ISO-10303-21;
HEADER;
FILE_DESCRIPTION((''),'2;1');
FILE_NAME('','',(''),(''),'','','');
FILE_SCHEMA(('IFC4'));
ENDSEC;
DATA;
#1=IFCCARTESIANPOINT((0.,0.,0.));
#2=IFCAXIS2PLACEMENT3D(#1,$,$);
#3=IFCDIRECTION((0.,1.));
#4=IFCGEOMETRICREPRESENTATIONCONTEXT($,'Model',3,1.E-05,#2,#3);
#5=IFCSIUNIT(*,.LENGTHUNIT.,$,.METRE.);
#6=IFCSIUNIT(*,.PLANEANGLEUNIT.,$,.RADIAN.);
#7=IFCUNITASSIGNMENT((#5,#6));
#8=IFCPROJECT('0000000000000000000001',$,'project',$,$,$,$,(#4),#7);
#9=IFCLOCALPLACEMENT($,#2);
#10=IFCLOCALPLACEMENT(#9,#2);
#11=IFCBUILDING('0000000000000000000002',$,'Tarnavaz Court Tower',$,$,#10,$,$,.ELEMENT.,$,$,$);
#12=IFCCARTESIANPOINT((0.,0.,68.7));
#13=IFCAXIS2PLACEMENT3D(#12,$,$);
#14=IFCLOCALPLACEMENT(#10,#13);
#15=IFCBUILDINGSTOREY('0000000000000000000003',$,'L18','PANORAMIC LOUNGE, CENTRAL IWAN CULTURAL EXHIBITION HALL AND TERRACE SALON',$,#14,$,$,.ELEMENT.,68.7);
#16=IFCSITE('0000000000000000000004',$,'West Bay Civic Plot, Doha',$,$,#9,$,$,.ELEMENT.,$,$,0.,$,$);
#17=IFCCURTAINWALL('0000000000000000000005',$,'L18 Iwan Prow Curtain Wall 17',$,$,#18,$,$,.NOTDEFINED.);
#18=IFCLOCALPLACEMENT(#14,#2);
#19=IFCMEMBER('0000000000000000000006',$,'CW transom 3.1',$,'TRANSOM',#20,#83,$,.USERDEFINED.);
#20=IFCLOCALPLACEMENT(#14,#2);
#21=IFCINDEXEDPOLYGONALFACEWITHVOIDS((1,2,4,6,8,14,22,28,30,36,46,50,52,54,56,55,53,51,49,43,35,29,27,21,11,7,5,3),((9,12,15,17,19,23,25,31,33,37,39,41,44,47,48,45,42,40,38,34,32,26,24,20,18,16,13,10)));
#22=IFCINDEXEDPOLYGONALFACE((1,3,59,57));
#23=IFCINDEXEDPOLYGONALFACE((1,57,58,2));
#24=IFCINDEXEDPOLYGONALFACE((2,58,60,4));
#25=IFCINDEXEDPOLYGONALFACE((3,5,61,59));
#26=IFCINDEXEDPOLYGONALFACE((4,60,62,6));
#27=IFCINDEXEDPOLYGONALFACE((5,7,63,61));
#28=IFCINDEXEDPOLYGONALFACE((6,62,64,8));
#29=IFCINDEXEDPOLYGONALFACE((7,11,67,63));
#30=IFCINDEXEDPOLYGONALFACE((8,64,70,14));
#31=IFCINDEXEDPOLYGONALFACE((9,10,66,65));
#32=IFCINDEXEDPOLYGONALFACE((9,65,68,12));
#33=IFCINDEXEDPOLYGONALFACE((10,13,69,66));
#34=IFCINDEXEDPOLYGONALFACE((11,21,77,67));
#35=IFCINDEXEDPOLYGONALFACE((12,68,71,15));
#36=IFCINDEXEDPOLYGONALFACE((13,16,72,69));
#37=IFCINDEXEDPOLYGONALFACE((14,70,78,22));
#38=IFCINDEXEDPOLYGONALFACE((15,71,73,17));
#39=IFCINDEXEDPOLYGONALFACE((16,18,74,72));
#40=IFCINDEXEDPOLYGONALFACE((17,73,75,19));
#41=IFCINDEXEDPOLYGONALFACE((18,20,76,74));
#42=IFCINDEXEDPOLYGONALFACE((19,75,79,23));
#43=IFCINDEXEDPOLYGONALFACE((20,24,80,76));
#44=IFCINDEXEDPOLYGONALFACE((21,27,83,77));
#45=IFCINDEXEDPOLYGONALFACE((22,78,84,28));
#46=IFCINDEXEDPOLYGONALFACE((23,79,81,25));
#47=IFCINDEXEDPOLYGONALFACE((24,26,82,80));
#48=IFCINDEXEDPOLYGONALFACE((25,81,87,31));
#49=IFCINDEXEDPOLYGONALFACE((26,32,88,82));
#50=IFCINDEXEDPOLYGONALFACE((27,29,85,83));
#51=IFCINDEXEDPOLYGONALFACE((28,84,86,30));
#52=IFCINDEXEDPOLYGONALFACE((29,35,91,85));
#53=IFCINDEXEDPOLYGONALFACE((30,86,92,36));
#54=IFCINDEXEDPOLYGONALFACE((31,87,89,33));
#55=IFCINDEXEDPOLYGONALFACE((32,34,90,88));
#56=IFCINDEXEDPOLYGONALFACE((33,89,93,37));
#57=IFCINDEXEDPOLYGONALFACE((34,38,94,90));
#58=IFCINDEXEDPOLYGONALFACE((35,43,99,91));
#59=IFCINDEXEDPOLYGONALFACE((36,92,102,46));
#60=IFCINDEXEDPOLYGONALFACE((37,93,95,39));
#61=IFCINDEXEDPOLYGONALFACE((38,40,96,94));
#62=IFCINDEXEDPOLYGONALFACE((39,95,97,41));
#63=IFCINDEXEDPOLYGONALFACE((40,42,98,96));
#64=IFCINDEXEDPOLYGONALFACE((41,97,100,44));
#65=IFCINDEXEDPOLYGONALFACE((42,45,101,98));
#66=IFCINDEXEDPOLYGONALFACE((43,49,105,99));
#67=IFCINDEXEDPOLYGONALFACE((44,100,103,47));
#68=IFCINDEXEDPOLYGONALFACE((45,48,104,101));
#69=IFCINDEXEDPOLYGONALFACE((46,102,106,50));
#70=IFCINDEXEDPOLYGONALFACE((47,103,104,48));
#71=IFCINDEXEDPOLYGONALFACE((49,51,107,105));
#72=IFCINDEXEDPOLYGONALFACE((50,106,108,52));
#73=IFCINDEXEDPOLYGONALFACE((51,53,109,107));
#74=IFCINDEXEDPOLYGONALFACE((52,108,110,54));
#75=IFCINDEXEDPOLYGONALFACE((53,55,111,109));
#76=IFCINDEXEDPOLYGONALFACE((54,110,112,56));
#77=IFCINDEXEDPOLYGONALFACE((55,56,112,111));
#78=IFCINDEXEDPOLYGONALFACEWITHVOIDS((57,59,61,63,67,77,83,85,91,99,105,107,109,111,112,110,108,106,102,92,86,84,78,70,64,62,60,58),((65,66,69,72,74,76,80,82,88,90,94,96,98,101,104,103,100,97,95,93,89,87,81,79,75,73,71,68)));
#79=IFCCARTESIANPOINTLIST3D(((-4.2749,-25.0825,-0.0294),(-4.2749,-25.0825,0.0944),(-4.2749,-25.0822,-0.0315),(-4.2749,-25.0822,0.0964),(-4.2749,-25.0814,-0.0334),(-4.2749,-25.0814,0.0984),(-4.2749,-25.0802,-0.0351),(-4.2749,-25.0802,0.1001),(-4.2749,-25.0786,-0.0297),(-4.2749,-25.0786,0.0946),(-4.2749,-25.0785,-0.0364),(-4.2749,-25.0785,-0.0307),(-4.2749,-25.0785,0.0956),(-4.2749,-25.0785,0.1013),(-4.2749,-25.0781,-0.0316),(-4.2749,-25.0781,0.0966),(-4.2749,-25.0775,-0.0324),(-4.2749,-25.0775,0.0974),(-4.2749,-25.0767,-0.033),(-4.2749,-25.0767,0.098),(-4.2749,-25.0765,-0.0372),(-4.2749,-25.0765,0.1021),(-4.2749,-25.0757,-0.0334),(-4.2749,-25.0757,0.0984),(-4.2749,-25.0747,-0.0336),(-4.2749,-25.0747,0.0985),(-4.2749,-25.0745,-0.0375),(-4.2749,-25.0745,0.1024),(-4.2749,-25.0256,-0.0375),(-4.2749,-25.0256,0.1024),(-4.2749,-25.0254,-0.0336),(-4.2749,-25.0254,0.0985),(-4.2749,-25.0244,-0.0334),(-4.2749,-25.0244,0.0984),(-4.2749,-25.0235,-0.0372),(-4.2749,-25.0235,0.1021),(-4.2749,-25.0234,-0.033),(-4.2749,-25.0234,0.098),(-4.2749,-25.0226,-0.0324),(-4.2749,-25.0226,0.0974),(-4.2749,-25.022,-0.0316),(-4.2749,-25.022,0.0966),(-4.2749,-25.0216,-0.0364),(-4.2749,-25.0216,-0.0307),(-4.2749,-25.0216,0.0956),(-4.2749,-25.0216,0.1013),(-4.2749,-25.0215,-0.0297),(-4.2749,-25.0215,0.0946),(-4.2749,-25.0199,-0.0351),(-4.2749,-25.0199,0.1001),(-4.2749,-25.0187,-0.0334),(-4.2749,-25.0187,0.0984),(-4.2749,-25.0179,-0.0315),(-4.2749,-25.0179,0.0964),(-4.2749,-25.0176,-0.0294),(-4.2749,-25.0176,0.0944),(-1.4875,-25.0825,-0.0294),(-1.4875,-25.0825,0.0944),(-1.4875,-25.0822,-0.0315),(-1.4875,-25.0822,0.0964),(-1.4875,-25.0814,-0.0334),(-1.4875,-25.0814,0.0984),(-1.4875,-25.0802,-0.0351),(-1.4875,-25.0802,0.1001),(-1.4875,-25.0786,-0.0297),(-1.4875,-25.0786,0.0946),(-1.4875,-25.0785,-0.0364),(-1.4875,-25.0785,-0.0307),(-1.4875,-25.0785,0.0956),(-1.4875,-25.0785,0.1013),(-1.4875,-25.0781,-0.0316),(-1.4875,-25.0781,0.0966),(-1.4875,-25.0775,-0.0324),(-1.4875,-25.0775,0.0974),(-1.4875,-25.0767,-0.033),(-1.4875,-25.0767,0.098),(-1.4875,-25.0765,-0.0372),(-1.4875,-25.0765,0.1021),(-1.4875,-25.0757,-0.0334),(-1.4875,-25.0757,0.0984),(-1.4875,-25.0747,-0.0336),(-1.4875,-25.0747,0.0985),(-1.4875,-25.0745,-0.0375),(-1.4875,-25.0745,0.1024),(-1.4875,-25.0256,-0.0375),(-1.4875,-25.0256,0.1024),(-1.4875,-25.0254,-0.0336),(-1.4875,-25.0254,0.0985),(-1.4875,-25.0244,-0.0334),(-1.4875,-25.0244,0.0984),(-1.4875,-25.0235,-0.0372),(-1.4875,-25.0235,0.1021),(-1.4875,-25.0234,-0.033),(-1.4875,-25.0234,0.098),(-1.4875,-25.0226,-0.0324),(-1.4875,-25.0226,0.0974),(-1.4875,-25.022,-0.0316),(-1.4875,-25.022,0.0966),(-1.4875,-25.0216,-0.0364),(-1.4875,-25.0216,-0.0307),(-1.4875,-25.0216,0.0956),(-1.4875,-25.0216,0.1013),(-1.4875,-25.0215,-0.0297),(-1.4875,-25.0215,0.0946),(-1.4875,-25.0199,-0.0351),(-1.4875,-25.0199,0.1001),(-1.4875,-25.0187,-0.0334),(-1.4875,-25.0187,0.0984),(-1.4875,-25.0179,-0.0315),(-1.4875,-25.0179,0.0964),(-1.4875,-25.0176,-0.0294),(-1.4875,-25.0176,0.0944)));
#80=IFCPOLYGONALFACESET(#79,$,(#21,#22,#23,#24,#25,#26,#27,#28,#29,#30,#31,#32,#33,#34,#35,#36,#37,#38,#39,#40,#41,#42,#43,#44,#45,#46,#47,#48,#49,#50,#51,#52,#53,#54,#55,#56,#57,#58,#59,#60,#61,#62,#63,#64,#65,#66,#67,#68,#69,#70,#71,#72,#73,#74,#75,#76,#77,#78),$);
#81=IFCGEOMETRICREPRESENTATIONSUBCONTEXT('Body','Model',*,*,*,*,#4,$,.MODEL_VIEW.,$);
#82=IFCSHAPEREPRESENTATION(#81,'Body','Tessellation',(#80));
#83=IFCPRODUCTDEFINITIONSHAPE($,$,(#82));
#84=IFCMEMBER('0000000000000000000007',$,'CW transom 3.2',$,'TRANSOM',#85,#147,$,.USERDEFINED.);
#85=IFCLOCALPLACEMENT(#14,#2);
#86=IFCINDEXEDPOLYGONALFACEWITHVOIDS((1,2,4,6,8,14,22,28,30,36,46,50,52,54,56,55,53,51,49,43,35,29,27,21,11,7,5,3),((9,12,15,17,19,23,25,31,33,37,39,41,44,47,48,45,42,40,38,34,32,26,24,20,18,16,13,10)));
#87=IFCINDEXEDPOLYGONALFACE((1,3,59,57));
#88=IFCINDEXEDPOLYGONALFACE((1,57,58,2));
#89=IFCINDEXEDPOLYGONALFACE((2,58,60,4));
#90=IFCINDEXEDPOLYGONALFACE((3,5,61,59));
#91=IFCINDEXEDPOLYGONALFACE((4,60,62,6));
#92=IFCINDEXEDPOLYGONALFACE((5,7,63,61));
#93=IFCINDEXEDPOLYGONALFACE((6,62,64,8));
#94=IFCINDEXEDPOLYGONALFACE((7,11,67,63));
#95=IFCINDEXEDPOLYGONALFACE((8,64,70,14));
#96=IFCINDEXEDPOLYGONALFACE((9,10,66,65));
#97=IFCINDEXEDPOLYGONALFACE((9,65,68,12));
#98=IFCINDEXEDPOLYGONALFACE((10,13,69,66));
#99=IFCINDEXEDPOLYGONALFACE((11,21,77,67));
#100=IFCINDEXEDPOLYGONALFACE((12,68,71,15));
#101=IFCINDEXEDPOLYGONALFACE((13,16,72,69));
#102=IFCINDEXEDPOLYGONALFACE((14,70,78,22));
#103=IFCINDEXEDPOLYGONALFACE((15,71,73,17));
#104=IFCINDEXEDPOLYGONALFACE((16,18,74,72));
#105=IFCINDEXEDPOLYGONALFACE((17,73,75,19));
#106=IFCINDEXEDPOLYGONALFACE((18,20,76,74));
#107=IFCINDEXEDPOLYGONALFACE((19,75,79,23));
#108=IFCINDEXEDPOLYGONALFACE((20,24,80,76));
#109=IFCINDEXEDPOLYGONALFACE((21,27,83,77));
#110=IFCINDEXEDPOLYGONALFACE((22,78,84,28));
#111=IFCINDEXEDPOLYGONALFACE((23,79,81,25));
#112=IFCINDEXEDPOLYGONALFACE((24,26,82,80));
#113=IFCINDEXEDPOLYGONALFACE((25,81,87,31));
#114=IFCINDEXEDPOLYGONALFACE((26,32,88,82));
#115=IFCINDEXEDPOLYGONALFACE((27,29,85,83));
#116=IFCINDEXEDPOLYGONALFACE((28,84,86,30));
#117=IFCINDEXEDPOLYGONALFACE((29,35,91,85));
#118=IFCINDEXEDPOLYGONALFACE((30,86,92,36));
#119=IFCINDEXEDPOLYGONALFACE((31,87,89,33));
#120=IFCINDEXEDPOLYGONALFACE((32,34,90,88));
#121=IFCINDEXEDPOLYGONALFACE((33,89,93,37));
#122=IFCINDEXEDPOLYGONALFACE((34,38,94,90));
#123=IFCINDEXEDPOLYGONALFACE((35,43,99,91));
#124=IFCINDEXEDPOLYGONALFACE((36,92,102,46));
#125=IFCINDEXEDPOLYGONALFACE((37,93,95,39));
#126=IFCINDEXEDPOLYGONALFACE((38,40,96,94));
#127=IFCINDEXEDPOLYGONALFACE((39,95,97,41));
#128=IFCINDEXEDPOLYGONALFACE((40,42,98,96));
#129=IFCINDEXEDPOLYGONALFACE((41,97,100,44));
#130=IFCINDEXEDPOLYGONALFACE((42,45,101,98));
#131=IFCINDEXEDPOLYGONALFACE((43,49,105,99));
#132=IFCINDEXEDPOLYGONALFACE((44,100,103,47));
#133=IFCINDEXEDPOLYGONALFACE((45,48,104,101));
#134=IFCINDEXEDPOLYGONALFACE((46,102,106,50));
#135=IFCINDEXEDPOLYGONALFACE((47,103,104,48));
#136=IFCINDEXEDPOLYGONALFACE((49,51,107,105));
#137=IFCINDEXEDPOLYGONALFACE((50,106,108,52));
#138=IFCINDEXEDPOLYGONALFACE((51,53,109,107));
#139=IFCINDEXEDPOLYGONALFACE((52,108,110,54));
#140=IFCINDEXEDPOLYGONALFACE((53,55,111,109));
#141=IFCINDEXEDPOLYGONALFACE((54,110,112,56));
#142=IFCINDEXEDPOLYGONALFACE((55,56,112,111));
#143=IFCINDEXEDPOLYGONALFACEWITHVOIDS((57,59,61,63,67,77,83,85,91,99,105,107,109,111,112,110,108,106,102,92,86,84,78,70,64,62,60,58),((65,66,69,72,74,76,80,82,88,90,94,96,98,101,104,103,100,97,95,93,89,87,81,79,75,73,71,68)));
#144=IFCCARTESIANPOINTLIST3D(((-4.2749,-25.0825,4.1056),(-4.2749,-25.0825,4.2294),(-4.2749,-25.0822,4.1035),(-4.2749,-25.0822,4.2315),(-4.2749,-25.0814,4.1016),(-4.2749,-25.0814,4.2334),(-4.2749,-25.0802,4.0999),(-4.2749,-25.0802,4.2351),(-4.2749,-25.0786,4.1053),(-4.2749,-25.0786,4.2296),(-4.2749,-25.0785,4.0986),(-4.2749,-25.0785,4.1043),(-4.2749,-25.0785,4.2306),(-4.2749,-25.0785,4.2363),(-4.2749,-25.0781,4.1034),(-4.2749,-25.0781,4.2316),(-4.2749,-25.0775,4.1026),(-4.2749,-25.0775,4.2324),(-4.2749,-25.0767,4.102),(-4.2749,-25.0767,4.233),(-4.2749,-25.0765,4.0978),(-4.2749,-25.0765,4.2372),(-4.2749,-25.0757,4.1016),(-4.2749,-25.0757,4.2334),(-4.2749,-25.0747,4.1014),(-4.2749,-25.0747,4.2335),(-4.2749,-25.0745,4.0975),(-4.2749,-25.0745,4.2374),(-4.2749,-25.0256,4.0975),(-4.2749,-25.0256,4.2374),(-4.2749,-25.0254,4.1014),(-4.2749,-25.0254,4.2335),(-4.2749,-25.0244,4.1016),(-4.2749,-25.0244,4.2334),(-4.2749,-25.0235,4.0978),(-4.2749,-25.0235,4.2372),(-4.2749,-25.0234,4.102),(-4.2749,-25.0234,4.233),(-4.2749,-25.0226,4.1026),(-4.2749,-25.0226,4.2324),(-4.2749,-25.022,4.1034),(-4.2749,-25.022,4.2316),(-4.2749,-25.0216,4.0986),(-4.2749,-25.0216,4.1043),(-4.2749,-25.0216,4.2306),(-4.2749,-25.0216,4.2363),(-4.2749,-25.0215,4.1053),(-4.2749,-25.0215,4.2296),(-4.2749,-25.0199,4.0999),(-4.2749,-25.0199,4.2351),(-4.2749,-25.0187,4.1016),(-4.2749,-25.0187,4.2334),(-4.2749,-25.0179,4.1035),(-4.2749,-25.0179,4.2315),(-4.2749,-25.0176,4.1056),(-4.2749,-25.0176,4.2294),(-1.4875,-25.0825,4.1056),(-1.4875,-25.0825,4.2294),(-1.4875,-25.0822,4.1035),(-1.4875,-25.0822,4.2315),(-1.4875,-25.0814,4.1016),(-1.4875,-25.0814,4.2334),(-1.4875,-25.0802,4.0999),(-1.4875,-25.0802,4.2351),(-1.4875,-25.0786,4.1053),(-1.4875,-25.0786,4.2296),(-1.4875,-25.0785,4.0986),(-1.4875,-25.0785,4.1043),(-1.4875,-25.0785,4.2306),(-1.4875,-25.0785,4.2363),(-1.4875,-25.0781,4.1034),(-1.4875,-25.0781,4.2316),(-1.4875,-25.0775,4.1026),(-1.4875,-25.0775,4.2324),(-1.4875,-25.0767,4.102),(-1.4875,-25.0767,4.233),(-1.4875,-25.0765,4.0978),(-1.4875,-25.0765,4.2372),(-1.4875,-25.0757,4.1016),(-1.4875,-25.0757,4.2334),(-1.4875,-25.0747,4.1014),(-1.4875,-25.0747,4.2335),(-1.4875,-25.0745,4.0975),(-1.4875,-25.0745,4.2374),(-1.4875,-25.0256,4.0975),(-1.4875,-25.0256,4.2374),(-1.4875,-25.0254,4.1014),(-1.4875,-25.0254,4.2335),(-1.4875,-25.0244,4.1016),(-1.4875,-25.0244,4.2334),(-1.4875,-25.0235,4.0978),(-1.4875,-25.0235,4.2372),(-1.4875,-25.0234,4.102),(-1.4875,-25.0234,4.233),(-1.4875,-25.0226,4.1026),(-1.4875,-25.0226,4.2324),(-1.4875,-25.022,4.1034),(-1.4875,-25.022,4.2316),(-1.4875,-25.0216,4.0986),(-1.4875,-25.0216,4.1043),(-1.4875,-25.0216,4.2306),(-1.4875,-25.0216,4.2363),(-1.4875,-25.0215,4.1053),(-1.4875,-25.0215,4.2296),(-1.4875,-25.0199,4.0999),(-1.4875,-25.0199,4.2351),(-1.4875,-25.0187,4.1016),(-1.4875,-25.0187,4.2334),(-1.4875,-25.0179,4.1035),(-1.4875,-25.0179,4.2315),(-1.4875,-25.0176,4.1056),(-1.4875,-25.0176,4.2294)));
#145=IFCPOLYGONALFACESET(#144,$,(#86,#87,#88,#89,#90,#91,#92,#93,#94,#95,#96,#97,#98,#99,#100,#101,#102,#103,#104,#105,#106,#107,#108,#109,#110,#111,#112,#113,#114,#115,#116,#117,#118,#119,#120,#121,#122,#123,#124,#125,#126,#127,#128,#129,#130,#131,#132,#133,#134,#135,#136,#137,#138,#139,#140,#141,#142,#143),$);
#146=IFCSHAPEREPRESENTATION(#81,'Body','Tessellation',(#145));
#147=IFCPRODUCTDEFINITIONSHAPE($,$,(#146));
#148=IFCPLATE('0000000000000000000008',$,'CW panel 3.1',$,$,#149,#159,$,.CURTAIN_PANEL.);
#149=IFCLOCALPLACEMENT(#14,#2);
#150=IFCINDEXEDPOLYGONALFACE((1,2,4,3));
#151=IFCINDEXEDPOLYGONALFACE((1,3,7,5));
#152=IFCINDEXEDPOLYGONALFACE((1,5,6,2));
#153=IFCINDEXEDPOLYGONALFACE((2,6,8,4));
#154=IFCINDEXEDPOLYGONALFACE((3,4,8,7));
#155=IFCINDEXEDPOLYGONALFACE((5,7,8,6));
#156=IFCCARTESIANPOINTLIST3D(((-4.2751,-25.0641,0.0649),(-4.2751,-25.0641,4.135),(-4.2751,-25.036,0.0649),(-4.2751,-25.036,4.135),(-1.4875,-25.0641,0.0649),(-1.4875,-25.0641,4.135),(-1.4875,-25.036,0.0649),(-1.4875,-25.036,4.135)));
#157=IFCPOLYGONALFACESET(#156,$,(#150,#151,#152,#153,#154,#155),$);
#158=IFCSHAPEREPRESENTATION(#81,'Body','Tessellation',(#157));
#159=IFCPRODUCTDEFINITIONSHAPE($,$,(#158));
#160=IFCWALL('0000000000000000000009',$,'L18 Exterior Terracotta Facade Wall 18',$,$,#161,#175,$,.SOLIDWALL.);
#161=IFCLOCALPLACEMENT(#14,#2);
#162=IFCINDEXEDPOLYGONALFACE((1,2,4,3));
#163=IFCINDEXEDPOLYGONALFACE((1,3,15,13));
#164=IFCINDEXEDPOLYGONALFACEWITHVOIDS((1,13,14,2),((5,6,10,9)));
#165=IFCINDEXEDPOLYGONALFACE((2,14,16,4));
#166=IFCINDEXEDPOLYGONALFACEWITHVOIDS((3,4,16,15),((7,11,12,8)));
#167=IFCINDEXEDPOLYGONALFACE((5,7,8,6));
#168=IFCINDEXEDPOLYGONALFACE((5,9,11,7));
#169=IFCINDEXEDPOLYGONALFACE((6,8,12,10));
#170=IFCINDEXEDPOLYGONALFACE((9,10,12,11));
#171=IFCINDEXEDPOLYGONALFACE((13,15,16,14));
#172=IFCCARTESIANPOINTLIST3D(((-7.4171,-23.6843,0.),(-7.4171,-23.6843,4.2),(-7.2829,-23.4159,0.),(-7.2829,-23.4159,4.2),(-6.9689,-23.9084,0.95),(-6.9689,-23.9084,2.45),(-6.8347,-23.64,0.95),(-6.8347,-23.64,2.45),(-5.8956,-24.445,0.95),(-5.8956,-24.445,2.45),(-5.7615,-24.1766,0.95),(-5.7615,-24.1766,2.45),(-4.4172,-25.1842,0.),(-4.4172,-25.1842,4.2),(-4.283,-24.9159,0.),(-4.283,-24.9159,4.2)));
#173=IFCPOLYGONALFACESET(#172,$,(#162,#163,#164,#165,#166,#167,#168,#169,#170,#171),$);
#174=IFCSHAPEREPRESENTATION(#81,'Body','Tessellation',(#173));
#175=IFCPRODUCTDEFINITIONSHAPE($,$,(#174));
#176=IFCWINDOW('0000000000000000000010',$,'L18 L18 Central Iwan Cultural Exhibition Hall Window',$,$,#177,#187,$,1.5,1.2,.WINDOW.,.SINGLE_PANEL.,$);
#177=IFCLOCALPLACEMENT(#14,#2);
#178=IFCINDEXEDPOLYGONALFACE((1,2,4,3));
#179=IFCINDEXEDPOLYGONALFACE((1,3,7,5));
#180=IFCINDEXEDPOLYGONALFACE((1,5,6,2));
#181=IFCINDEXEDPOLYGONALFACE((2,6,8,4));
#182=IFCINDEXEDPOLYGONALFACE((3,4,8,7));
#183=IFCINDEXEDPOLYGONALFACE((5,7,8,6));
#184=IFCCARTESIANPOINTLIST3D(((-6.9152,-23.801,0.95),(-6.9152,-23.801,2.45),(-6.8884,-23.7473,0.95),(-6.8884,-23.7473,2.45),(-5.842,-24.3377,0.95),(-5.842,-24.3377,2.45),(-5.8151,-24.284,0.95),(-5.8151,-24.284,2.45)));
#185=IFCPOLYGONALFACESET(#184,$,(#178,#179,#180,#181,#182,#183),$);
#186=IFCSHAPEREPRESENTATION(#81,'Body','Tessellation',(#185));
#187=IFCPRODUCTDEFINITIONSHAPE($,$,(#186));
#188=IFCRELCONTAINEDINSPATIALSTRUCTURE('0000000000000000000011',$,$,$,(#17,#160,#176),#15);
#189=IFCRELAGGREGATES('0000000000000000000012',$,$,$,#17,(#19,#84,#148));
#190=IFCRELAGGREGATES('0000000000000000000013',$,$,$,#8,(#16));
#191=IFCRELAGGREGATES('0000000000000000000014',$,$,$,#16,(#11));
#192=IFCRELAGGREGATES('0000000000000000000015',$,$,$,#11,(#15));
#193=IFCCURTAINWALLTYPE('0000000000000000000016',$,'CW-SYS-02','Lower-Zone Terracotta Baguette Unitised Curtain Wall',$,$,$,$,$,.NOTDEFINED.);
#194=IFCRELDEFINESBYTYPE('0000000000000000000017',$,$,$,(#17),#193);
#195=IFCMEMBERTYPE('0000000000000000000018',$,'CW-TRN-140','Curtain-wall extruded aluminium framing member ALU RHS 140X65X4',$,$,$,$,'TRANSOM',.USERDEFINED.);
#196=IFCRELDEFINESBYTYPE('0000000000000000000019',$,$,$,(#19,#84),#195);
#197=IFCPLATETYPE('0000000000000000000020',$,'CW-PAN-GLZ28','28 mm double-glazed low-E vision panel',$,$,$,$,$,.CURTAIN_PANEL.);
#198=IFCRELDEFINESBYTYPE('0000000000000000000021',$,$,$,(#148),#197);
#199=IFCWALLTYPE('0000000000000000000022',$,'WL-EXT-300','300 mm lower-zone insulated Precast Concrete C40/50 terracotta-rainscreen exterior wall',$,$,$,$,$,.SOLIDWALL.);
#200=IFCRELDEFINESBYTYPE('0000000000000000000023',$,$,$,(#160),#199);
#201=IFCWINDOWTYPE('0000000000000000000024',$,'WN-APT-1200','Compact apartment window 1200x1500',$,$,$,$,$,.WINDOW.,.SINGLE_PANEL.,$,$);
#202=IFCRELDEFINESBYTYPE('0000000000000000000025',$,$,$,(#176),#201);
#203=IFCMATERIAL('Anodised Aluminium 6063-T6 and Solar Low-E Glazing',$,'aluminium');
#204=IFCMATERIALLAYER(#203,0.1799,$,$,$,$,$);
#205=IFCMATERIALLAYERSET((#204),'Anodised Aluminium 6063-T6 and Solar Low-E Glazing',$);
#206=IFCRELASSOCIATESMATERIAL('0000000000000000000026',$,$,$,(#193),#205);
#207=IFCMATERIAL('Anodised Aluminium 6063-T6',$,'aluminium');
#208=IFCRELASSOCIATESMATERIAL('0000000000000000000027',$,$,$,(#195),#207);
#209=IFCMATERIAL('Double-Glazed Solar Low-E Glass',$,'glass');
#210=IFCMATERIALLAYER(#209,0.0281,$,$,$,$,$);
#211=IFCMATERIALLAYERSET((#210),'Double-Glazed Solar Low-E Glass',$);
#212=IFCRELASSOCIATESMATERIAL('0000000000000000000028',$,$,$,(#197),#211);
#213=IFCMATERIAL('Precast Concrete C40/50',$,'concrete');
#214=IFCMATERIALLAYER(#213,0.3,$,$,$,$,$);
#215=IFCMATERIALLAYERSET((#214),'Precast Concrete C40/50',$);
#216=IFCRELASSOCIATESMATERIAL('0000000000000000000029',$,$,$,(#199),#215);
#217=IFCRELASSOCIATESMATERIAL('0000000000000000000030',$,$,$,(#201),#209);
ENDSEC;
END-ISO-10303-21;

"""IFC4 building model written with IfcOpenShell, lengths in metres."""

from ifc_helpers import new_model, si_unit, direction, frame, frame_2d, origin, origin_2d, place, context, subcontext, project, spatial, rectangle, hollow_rectangle, extrude, material, layer, layer_set, material_profile, profile_set, type_object, element, fill, aggregate, save


model = new_model("IFC4")

# Units and contexts
model_context = context("Model", 3, precision=1e-05, world=origin(), true_north=direction((0.0, 1.0)))
body_context = subcontext(model_context, "Body", "Model", "MODEL_VIEW")
ifc_project = project(units=[si_unit("LENGTHUNIT", "METRE"), si_unit("PLANEANGLEUNIT", "RADIAN")], contexts=[model_context])

# Site, building, storey
site_placement = place(None, origin())
site = spatial("IfcSite", under=ifc_project, at=site_placement, Name="West Bay Civic Plot, Doha", CompositionType="ELEMENT", RefElevation=0.0)
building_placement = place(site_placement, origin())
building = spatial("IfcBuilding", under=site, at=building_placement, Name="Tarnavaz Court Tower", CompositionType="ELEMENT")
storey_placement = place(building_placement, frame((0.0, 0.0, 68.7)))
storey = spatial("IfcBuildingStorey", under=building, at=storey_placement, Name="L18", Description="PANORAMIC LOUNGE, CENTRAL IWAN CULTURAL EXHIBITION HALL AND TERRACE SALON", CompositionType="ELEMENT", Elevation=68.7)

# Curtain wall, members, plate
ifc_material_1 = material(Name="Anodised Aluminium 6063-T6 and Solar Low-E Glazing", Category="aluminium")
ifc_layer_1 = layer(ifc_material_1, 0.1799)
ifc_layer_set_1 = layer_set([ifc_layer_1], Name="Anodised Aluminium 6063-T6 and Solar Low-E Glazing")
curtain_wall_type = type_object("IfcCurtainWallType", Name="CW-SYS-02", Description="Lower-Zone Terracotta Baguette Unitised Curtain Wall", PredefinedType="NOTDEFINED", material=ifc_layer_set_1)
curtain_wall_placement = place(storey_placement, origin())
curtain_wall = element("IfcCurtainWall", 1, at=curtain_wall_placement, inside=storey, type_object=curtain_wall_type, Name="L18 Iwan Prow Curtain Wall 17", PredefinedType="NOTDEFINED")
ifc_material_2 = material(Name="Anodised Aluminium 6063-T6", Category="aluminium")
ifc_material_profile_1 = material_profile(ifc_material_2, hollow_rectangle(XDim=0.0649, YDim=0.1399, WallThickness=0.0039, InnerFilletRadius=0.0039, OuterFilletRadius=0.0081, at=origin_2d()), Name="ALU RHS 140X65X4")
ifc_profile_set_1 = profile_set([ifc_material_profile_1], Name="Anodised Aluminium 6063-T6")
member_type_1 = type_object("IfcMemberType", Name="CW-TRN-140", Description="Curtain-wall extruded aluminium framing member ALU RHS 140X65X4", ElementType="TRANSOM", PredefinedType="USERDEFINED", material=ifc_profile_set_1)
member_1_placement = place(storey_placement, frame((-1.4875, -25.05, 0.0325), z_axis=(-1.0, 0.0, 0.0), x_axis=(0.0, -1.0, 0.0)))
member_1 = element("IfcMember", 2, at=member_1_placement, type_object=member_type_1, Name="CW transom 3.1", ObjectType="TRANSOM", PredefinedType="USERDEFINED", context=body_context, shape_type="SweptSolid", body=[
    extrude(hollow_rectangle(XDim=0.0649, YDim=0.1399, WallThickness=0.0039, InnerFilletRadius=0.0039, OuterFilletRadius=0.0081, at=origin_2d()), origin(), (0.0, 0.0, 1.0), 2.7874),
])
member_2_placement = place(storey_placement, frame((-1.4875, -25.05, 4.1675), z_axis=(-1.0, 0.0, 0.0), x_axis=(0.0, -1.0, 0.0)))
member_2 = element("IfcMember", 3, at=member_2_placement, type_object=member_type_1, Name="CW transom 3.2", ObjectType="TRANSOM", PredefinedType="USERDEFINED", context=body_context, shape_type="SweptSolid", body=[
    extrude(hollow_rectangle(XDim=0.0649, YDim=0.1399, WallThickness=0.0039, InnerFilletRadius=0.0039, OuterFilletRadius=0.0081, at=origin_2d()), origin(), (0.0, 0.0, 1.0), 2.7874),
])
ifc_material_3 = material(Name="Double-Glazed Solar Low-E Glass", Category="glass")
ifc_layer_2 = layer(ifc_material_3, 0.0281)
ifc_layer_set_2 = layer_set([ifc_layer_2], Name="Double-Glazed Solar Low-E Glass")
plate_type = type_object("IfcPlateType", Name="CW-PAN-GLZ28", Description="28 mm double-glazed low-E vision panel", PredefinedType="CURTAIN_PANEL", material=ifc_layer_set_2)
plate_placement = place(storey_placement, frame((-2.8813, -25.05, 0.0649), z_axis=(0.0, 0.0, 1.0), x_axis=(-1.0, 0.0, 0.0)))
plate = element("IfcPlate", 4, at=plate_placement, type_object=plate_type, Name="CW panel 3.1", PredefinedType="CURTAIN_PANEL", context=body_context, shape_type="SweptSolid", body=[
    extrude(rectangle(XDim=2.7876, YDim=0.0281, at=origin_2d()), origin(), (0.0, 0.0, 1.0), 4.0701),
])
aggregate(curtain_wall, [member_1, member_2, plate])

# Wall, opening, window
ifc_material_4 = material(Name="Precast Concrete C40/50", Category="concrete")
ifc_layer_3 = layer(ifc_material_4, 0.3)
ifc_layer_set_3 = layer_set([ifc_layer_3], Name="Precast Concrete C40/50")
wall_type_1 = type_object("IfcWallType", Name="WL-EXT-300", Description="300 mm lower-zone insulated Precast Concrete C40/50 terracotta-rainscreen exterior wall", PredefinedType="SOLIDWALL", material=ifc_layer_set_3)
wall_1_placement = place(storey_placement, frame((-4.3501, -25.05, 0.0), z_axis=(0.0, 0.0, 1.0), x_axis=(-0.894427, 0.447214, 0.0)))
wall_1 = element("IfcWall", 5, at=wall_1_placement, inside=storey, type_object=wall_type_1, Name="L18 Exterior Terracotta Facade Wall 18", PredefinedType="SOLIDWALL", context=body_context, shape_type="SweptSolid", body=[
    extrude(rectangle(XDim=3.354, YDim=0.3, at=frame_2d((1.677, 0.0))), origin(), (0.0, 0.0, 1.0), 4.2),
])
opening_1_placement = place(wall_1_placement, frame((1.6528, 0.0, 0.95)))
opening_1 = element("IfcOpeningElement", 6, at=opening_1_placement, cuts=wall_1, PredefinedType="OPENING", context=body_context, shape_type="SweptSolid", body=[
    extrude(rectangle(XDim=1.2, YDim=1.5, at=frame_2d((0.6001, 0.75))), frame((0.0, 0.1599, 0.0), z_axis=(0.0, -1.0, 0.0), x_axis=(1.0, 0.0, 0.0)), (0.0, 0.0, 1.0), 0.3201),
])
window_type_1 = type_object("IfcWindowType", Name="WN-APT-1200", Description="Compact apartment window 1200x1500", PartitioningType="SINGLE_PANEL", PredefinedType="WINDOW", material=ifc_material_3)
window_1_placement = place(opening_1_placement, origin())
window_1 = element("IfcWindow", 7, at=window_1_placement, inside=storey, type_object=window_type_1, Name="L18 L18 Central Iwan Cultural Exhibition Hall Window", OverallHeight=1.5, OverallWidth=1.2, PartitioningType="SINGLE_PANEL", PredefinedType="WINDOW", context=body_context, shape_type="SweptSolid", body=[
    extrude(rectangle(XDim=1.2, YDim=1.5, at=frame_2d((0.6001, 0.75))), frame((0.0, 0.03, 0.0), z_axis=(0.0, -1.0, 0.0), x_axis=(1.0, 0.0, 0.0)), (0.0, 0.0, 1.0), 0.0601),
])
fill(opening_1, window_1)

save(model, "model.ifc")
